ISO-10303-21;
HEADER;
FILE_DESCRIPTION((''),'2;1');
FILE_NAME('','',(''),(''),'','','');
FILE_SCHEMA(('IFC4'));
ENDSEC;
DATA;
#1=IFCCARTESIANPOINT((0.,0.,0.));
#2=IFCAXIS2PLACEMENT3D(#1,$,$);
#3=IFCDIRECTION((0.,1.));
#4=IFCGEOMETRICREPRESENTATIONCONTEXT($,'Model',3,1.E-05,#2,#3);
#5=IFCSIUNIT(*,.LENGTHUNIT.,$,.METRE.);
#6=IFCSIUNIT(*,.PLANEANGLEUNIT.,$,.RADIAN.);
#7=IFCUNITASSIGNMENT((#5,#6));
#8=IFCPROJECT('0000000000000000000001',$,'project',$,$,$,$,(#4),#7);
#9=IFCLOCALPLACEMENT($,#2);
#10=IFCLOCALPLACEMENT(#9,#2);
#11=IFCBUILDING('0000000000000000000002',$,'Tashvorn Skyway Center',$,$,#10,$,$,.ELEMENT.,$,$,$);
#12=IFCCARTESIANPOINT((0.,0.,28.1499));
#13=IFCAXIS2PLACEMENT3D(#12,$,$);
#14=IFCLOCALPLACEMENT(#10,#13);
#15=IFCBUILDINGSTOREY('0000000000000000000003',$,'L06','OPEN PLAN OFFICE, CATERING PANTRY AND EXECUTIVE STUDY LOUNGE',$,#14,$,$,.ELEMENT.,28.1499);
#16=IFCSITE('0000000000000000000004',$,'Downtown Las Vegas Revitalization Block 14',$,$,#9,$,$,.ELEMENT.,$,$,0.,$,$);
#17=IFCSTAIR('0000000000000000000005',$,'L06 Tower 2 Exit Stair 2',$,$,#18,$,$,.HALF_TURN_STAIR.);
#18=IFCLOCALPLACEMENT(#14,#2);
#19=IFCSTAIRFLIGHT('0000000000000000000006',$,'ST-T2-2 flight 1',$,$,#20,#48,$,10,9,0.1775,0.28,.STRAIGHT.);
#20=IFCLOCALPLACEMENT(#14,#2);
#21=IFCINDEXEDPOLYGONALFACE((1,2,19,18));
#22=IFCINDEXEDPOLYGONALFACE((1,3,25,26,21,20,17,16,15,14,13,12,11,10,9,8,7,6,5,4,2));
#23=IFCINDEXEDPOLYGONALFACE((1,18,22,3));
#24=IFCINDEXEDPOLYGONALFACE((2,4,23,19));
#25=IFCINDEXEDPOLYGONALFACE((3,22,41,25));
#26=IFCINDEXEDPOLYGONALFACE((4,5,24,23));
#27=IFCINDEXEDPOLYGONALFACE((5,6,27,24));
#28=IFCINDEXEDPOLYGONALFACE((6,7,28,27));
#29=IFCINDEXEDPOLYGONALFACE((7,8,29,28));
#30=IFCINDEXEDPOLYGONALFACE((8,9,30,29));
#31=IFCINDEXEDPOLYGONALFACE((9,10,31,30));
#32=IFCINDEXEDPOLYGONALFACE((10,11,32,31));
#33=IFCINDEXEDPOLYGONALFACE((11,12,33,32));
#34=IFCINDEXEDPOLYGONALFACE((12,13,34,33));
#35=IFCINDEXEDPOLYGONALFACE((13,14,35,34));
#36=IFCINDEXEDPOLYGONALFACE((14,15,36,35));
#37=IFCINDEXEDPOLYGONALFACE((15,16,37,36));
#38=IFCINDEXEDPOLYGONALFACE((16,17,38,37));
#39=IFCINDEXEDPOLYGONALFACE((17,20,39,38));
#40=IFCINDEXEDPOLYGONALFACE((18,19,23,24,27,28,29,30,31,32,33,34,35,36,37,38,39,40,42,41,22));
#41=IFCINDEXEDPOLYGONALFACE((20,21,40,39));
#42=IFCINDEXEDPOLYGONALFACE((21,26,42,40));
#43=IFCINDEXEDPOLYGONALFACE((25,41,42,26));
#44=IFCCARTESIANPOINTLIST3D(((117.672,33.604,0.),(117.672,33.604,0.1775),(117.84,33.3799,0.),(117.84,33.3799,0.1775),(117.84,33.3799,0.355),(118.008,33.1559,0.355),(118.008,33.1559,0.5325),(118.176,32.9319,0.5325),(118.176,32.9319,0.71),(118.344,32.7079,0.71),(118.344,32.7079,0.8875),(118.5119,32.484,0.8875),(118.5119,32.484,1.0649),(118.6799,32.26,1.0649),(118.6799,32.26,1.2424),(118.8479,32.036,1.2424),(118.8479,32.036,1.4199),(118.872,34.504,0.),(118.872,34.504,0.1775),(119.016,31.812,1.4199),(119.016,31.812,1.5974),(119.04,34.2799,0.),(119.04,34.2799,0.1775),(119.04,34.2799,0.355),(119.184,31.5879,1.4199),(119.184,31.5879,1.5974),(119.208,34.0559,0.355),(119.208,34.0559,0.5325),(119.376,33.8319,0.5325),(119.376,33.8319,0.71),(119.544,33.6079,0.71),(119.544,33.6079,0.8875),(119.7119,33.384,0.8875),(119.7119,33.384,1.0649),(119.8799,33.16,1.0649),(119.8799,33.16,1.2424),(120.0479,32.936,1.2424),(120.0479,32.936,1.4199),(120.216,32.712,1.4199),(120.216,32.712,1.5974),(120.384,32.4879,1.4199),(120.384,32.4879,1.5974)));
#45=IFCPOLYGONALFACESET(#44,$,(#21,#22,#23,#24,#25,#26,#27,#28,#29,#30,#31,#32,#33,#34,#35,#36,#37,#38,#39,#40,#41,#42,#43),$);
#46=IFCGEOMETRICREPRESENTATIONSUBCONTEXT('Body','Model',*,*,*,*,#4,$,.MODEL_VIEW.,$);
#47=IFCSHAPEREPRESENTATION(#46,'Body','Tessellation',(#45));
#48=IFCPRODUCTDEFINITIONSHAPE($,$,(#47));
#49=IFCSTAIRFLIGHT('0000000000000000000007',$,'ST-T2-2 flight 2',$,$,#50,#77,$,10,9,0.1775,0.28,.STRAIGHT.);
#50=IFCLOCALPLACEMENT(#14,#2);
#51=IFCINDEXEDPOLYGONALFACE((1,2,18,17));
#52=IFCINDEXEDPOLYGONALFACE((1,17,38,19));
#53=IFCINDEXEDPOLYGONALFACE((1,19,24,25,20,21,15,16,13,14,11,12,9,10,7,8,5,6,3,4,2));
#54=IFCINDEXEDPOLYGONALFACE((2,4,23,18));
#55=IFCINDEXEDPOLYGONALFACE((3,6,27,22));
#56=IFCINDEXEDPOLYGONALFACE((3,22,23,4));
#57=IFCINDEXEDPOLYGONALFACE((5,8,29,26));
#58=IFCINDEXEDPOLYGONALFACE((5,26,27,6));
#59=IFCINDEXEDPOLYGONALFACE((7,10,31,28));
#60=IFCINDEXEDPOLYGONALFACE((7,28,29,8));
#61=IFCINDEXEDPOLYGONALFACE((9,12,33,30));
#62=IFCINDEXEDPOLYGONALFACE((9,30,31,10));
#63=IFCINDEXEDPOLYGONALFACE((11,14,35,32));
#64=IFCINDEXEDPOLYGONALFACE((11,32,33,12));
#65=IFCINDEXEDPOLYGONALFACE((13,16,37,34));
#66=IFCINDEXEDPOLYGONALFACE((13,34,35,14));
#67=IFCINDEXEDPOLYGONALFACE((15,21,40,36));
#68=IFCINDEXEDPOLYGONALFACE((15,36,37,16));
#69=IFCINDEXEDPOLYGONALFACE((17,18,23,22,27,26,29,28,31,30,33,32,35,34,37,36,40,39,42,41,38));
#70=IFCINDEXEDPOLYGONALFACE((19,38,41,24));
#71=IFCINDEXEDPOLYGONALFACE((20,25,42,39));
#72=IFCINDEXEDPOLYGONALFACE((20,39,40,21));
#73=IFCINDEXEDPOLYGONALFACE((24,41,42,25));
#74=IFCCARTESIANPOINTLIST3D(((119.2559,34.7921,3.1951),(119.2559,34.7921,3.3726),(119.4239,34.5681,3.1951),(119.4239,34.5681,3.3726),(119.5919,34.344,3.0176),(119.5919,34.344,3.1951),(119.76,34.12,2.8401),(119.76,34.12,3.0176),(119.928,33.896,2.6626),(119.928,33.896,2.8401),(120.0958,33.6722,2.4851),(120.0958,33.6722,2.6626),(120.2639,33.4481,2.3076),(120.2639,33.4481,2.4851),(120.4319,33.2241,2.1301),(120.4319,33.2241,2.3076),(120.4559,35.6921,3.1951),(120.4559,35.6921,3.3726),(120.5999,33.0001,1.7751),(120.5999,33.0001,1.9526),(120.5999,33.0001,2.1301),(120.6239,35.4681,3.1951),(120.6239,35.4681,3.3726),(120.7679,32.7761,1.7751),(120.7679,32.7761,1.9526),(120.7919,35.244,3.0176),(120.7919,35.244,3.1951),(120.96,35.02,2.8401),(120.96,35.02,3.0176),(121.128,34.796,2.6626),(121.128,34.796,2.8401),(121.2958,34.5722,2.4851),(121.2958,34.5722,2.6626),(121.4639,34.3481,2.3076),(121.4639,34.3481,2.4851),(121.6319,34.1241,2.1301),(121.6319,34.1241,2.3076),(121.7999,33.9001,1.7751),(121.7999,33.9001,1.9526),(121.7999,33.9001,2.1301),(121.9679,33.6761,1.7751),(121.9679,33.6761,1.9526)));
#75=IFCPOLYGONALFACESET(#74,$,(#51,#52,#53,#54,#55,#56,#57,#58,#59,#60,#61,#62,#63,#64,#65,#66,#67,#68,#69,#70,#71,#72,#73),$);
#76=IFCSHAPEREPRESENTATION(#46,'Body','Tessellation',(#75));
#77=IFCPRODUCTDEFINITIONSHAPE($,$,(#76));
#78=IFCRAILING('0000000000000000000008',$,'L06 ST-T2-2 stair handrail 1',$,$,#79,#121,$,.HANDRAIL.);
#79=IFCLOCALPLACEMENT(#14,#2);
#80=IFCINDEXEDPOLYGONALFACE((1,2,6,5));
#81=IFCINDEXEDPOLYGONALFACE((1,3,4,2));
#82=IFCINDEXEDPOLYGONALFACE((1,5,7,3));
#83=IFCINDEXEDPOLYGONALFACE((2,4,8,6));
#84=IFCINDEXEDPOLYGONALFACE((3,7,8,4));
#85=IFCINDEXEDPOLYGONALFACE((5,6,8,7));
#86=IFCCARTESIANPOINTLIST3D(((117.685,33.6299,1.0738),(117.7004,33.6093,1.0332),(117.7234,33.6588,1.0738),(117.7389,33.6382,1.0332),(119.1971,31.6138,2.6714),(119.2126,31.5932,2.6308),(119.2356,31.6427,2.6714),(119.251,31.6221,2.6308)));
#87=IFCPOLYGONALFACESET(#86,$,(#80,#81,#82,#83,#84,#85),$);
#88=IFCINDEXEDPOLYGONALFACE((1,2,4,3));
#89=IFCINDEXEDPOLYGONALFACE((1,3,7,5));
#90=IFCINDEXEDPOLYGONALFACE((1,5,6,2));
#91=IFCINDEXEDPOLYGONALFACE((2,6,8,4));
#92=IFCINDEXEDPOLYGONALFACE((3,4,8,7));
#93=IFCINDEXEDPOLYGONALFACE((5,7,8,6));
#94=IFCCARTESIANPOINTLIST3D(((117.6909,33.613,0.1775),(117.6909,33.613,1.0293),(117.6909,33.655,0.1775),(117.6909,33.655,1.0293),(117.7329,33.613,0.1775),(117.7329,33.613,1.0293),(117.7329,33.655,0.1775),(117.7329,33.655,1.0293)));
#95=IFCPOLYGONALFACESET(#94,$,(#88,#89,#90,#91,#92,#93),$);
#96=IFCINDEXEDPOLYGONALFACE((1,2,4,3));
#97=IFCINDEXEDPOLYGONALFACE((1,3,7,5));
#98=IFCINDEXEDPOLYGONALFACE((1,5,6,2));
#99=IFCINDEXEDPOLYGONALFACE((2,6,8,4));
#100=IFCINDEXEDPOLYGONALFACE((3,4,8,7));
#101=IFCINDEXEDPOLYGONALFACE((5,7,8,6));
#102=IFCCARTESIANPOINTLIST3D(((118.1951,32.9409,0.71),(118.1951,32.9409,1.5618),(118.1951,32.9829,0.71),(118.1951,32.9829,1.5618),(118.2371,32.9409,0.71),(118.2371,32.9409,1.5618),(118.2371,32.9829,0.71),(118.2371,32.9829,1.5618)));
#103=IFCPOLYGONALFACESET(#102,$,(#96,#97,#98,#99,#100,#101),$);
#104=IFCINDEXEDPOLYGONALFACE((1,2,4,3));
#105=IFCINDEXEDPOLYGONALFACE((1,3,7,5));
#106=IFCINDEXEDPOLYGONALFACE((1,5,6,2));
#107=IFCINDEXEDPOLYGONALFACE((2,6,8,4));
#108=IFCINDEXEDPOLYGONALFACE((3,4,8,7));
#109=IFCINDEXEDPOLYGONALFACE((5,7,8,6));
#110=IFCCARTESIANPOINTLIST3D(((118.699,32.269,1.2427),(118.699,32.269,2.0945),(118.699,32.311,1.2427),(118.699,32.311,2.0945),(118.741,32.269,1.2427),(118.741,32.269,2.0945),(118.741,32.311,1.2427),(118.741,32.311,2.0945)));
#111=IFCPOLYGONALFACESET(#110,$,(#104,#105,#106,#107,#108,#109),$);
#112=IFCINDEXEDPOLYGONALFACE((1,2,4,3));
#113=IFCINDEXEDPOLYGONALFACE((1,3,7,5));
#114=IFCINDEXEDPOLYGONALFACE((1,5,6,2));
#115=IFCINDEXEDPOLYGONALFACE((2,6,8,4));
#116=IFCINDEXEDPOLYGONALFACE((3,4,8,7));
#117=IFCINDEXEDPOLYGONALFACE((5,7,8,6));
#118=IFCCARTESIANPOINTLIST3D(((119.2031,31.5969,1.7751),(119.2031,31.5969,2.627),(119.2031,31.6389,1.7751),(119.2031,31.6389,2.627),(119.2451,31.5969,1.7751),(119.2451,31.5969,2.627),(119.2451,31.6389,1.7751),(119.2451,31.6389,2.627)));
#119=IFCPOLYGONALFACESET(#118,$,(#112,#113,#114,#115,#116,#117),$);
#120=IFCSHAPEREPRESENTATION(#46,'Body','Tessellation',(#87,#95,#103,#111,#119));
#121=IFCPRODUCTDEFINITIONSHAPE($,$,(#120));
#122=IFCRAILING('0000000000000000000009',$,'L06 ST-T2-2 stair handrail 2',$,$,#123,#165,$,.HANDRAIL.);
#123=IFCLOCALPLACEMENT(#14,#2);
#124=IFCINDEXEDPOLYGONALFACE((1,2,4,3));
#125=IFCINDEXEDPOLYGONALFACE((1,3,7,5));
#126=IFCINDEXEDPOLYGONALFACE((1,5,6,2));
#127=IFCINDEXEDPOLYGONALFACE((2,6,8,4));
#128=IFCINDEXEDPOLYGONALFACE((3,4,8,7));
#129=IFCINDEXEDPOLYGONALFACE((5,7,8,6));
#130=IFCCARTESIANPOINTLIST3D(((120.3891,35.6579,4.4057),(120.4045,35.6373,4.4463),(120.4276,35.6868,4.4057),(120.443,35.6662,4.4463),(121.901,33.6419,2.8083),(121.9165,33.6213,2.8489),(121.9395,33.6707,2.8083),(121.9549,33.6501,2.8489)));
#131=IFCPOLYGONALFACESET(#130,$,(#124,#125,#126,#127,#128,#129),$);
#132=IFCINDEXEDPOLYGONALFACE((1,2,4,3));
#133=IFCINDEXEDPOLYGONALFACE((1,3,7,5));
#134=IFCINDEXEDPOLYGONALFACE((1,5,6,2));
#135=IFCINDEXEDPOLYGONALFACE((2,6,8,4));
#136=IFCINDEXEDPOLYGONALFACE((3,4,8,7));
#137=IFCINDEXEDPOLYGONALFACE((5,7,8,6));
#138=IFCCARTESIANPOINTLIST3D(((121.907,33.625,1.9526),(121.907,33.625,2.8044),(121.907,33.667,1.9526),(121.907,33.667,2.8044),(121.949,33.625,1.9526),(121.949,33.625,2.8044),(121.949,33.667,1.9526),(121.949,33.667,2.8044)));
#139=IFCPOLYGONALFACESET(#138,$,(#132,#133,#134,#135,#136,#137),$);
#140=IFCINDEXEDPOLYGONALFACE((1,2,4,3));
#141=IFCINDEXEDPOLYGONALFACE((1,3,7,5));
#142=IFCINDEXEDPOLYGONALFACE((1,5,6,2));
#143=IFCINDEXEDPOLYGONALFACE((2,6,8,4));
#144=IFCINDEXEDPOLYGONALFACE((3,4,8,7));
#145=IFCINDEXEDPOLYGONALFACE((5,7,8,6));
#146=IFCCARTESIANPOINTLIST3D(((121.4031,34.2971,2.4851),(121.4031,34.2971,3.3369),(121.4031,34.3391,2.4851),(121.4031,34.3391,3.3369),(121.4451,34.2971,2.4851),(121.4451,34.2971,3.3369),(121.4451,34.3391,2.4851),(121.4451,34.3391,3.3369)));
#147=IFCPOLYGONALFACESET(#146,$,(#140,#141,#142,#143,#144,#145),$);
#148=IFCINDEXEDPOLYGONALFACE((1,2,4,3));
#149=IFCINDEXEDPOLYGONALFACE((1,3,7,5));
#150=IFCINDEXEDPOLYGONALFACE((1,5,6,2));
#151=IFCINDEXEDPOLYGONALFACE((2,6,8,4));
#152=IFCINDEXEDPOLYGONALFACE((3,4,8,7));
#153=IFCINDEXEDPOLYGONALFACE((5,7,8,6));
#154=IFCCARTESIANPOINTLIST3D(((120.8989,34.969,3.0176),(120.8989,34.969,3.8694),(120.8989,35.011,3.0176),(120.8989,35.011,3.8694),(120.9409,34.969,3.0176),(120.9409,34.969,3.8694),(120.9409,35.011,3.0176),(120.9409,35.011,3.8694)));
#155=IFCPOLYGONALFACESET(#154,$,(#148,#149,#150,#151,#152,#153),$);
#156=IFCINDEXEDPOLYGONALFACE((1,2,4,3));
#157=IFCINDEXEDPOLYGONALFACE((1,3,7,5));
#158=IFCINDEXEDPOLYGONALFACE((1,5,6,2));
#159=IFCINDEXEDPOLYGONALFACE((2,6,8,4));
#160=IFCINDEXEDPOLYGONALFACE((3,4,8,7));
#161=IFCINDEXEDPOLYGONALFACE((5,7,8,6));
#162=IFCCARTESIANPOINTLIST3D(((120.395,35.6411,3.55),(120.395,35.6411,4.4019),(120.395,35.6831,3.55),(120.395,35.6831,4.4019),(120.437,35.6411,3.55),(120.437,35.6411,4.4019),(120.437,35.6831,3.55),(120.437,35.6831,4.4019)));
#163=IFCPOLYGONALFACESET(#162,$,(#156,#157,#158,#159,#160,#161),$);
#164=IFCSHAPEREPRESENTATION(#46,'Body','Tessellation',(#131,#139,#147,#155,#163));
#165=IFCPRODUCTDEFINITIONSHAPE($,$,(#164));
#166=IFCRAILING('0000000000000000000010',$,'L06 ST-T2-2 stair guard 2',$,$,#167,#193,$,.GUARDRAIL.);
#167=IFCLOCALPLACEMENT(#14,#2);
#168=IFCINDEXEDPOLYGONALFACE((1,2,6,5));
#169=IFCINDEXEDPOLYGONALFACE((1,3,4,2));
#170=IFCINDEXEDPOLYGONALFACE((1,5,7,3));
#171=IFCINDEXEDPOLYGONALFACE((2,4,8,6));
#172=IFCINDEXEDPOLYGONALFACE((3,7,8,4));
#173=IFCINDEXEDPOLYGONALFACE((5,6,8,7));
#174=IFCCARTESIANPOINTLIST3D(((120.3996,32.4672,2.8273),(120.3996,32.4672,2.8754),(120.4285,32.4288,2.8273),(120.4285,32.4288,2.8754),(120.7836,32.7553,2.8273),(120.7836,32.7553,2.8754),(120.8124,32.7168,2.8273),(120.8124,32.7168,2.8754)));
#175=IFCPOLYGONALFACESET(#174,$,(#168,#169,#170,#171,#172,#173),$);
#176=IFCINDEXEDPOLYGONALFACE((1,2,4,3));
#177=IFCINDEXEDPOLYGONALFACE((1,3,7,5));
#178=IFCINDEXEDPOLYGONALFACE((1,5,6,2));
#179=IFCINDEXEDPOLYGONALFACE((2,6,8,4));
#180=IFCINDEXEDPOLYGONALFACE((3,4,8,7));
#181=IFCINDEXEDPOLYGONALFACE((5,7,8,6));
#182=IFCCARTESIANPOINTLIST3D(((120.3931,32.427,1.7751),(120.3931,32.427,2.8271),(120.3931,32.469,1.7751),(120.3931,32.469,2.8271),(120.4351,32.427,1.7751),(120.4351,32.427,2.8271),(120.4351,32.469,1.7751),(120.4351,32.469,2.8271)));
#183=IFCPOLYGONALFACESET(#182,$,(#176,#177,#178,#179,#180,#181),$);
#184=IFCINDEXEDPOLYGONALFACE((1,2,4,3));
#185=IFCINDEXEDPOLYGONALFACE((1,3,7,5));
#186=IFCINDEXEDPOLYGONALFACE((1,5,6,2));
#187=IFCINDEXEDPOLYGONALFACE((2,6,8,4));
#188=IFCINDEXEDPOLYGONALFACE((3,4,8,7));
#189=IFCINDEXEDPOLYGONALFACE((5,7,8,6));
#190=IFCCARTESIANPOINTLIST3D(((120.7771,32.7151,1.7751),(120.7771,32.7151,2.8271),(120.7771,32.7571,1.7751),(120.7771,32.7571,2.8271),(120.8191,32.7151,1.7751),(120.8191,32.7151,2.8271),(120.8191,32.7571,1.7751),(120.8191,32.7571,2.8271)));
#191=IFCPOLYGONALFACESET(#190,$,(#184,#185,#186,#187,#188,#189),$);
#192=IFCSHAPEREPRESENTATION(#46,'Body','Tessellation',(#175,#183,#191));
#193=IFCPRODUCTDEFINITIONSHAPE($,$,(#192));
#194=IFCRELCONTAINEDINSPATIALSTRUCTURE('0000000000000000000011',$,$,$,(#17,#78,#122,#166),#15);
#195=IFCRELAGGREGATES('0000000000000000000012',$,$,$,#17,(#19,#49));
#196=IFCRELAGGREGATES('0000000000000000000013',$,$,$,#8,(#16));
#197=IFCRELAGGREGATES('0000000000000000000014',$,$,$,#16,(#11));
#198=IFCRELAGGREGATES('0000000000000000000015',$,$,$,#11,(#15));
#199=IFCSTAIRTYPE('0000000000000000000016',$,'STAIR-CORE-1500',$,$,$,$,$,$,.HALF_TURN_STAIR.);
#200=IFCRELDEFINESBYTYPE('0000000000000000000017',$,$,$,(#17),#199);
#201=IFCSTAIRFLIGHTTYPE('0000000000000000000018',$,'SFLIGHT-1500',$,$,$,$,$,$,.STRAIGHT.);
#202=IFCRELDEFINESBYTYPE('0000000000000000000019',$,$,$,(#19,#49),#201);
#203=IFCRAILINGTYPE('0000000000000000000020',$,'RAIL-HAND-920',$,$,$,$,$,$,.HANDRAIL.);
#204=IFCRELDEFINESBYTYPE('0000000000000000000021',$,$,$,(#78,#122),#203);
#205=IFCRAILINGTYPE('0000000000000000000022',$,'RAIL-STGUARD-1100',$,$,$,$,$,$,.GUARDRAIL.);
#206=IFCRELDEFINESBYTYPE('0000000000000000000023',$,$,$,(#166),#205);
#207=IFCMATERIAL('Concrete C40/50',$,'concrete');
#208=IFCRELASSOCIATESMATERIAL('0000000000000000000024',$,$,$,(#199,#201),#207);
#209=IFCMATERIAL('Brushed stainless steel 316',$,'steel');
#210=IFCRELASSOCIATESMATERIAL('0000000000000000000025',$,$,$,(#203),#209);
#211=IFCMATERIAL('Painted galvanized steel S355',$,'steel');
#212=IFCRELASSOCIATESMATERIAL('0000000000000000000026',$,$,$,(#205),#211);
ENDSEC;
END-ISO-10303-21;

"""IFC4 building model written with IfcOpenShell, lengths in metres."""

from ifc_helpers import new_model, si_unit, direction, frame, origin, origin_2d, place, context, subcontext, project, spatial, polyline, rectangle, outline, extrude, material, type_object, element, aggregate, save


model = new_model("IFC4")

# Units and contexts
model_context = context("Model", 3, precision=1e-05, world=origin(), true_north=direction((0.0, 1.0)))
body_context = subcontext(model_context, "Body", "Model", "MODEL_VIEW")
ifc_project = project(units=[si_unit("LENGTHUNIT", "METRE"), si_unit("PLANEANGLEUNIT", "RADIAN")], contexts=[model_context])

# Site, building, storey
site_placement = place(None, origin())
site = spatial("IfcSite", under=ifc_project, at=site_placement, Name="Downtown Las Vegas Revitalization Block 14", CompositionType="ELEMENT", RefElevation=0.0)
building_placement = place(site_placement, origin())
building = spatial("IfcBuilding", under=site, at=building_placement, Name="Tashvorn Skyway Center", CompositionType="ELEMENT")
storey_placement = place(building_placement, frame((0.0, 0.0, 28.1499)))
storey = spatial("IfcBuildingStorey", under=building, at=storey_placement, Name="L06", Description="OPEN PLAN OFFICE, CATERING PANTRY AND EXECUTIVE STUDY LOUNGE", CompositionType="ELEMENT", Elevation=28.1499)

# Shared definitions
ifc_material_1 = material(Name="Concrete C40/50", Category="concrete")

# Stair, stair flights
stair_type = type_object("IfcStairType", Name="STAIR-CORE-1500", PredefinedType="HALF_TURN_STAIR", material=ifc_material_1)
stair_placement = place(storey_placement, origin())
stair = element("IfcStair", 1, at=stair_placement, inside=storey, type_object=stair_type, Name="L06 Tower 2 Exit Stair 2", PredefinedType="HALF_TURN_STAIR")
stair_flight_type = type_object("IfcStairFlightType", Name="SFLIGHT-1500", PredefinedType="STRAIGHT", material=ifc_material_1)
stair_flight_1_placement = place(storey_placement, frame((118.272, 34.054, 0.0), z_axis=(0.0, 0.0, 1.0), x_axis=(0.6, -0.8, 0.0)))
stair_flight_1 = element("IfcStairFlight", 2, at=stair_flight_1_placement, type_object=stair_flight_type, Name="ST-T2-2 flight 1", NumberOfRisers=10, NumberOfTreads=9, PredefinedType="STRAIGHT", RiserHeight=0.1775, TreadLength=0.28, context=body_context, shape_type="SweptSolid", body=[
    extrude(outline(polyline([(0.0, 0.0), (0.0, 0.1775), (0.28, 0.1775), (0.28, 0.355), (0.5601, 0.355), (0.5601, 0.5325), (0.8401, 0.5325), (0.8401, 0.71), (1.1201, 0.71), (1.1201, 0.8875), (1.3999, 0.8875), (1.3999, 1.0649), (1.6799, 1.0649), (1.6799, 1.2424), (1.96, 1.2424), (1.96, 1.4199), (2.24, 1.4199), (2.24, 1.5974), (2.52, 1.5974), (2.52, 1.7749), (2.52, 1.4199), (0.28, 0.0), (0.0, 0.0)])), frame((0.0, 0.75, 0.0), z_axis=(0.0, -1.0, 0.0), x_axis=(1.0, 0.0, 0.0)), (0.0, 0.0, 1.0), 1.5),
])
stair_flight_2_placement = place(storey_placement, frame((121.3679, 33.2261, 1.7751), z_axis=(0.0, 0.0, 1.0), x_axis=(-0.6, 0.8, 0.0)))
stair_flight_2 = element("IfcStairFlight", 3, at=stair_flight_2_placement, type_object=stair_flight_type, Name="ST-T2-2 flight 2", NumberOfRisers=10, NumberOfTreads=9, PredefinedType="STRAIGHT", RiserHeight=0.1775, TreadLength=0.28, context=body_context, shape_type="SweptSolid", body=[
    extrude(outline(polyline([(0.0, 0.0), (0.0, 0.1775), (0.28, 0.1775), (0.28, 0.355), (0.5601, 0.355), (0.5601, 0.5325), (0.8401, 0.5325), (0.8401, 0.71), (1.1201, 0.71), (1.1201, 0.8875), (1.3999, 0.8875), (1.3999, 1.0649), (1.6799, 1.0649), (1.6799, 1.2424), (1.96, 1.2424), (1.96, 1.4199), (2.24, 1.4199), (2.24, 1.5974), (2.52, 1.5974), (2.52, 1.7749), (2.52, 1.4199), (0.28, 0.0), (0.0, 0.0)])), frame((0.0, 0.75, 0.0), z_axis=(0.0, -1.0, 0.0), x_axis=(1.0, 0.0, 0.0)), (0.0, 0.0, 1.0), 1.5),
])
aggregate(stair, [stair_flight_1, stair_flight_2])

# Railings
ifc_material_2 = material(Name="Brushed stainless steel 316", Category="steel")
railing_type_1 = type_object("IfcRailingType", Name="RAIL-HAND-920", PredefinedType="HANDRAIL", material=ifc_material_2)
railing_1_placement = place(storey_placement, frame((117.7119, 33.634, 0.1775)))
element("IfcRailing", 4, at=railing_1_placement, inside=storey, type_object=railing_type_1, Name="L06 ST-T2-2 stair handrail 1", PredefinedType="HANDRAIL", context=body_context, shape_type="SweptSolid", body=[
    extrude(rectangle(XDim=0.0481, YDim=0.0481, at=origin_2d()), frame((0.0, 0.0, 0.876), z_axis=(0.506779, -0.675651, 0.535416), x_axis=(0.799977, 0.600031, 0.0)), (0.0, 0.0, 1.0), 2.9839),
    extrude(rectangle(XDim=0.042, YDim=0.042, at=origin_2d()), origin(), (0.0, 0.0, 1.0), 0.8518),
    extrude(rectangle(XDim=0.042, YDim=0.042, at=origin_2d()), frame((0.5042, -0.6721, 0.5325)), (0.0, 0.0, 1.0), 0.8518),
    extrude(rectangle(XDim=0.042, YDim=0.042, at=origin_2d()), frame((1.0081, -1.344, 1.0652)), (0.0, 0.0, 1.0), 0.8518),
    extrude(rectangle(XDim=0.042, YDim=0.042, at=origin_2d()), frame((1.5122, -2.0161, 1.5977)), (0.0, 0.0, 1.0), 0.8518),
])
railing_2_placement = place(storey_placement, frame((121.928, 33.646, 1.9526)))
element("IfcRailing", 5, at=railing_2_placement, inside=storey, type_object=railing_type_1, Name="L06 ST-T2-2 stair handrail 2", PredefinedType="HANDRAIL", context=body_context, shape_type="SweptSolid", body=[
    extrude(rectangle(XDim=0.0481, YDim=0.0481, at=origin_2d()), frame((0.0, 0.0, 0.876), z_axis=(-0.506741, 0.675709, 0.535379), x_axis=(-0.800023, -0.599969, 0.0)), (0.0, 0.0, 1.0), 2.9836),
    extrude(rectangle(XDim=0.042, YDim=0.042, at=origin_2d()), origin(), (0.0, 0.0, 1.0), 0.8518),
    extrude(rectangle(XDim=0.042, YDim=0.042, at=origin_2d()), frame((-0.5039, 0.6721, 0.5325)), (0.0, 0.0, 1.0), 0.8518),
    extrude(rectangle(XDim=0.042, YDim=0.042, at=origin_2d()), frame((-1.0081, 1.344, 1.0649)), (0.0, 0.0, 1.0), 0.8518),
    extrude(rectangle(XDim=0.042, YDim=0.042, at=origin_2d()), frame((-1.512, 2.0161, 1.5974)), (0.0, 0.0, 1.0), 0.8518),
])
ifc_material_3 = material(Name="Painted galvanized steel S355", Category="steel")
railing_type_2 = type_object("IfcRailingType", Name="RAIL-STGUARD-1100", PredefinedType="GUARDRAIL", material=ifc_material_3)
railing_3_placement = place(storey_placement, frame((120.4141, 32.448, 1.7751)))
element("IfcRailing", 6, at=railing_3_placement, inside=storey, type_object=railing_type_2, Name="L06 ST-T2-2 stair guard 2", PredefinedType="GUARDRAIL", context=body_context, shape_type="SweptSolid", body=[
    extrude(rectangle(XDim=0.0481, YDim=0.0481, at=origin_2d()), frame((0.0, 0.0, 1.0762), z_axis=(0.799939, 0.600081, 0.0), x_axis=(-0.600081, 0.799939, 0.0)), (0.0, 0.0, 1.0), 0.48),
    extrude(rectangle(XDim=0.042, YDim=0.042, at=origin_2d()), origin(), (0.0, 0.0, 1.0), 1.052),
    extrude(rectangle(XDim=0.042, YDim=0.042, at=origin_2d()), frame((0.384, 0.2881, 0.0)), (0.0, 0.0, 1.0), 1.052),
])

save(model, "model.ifc")
